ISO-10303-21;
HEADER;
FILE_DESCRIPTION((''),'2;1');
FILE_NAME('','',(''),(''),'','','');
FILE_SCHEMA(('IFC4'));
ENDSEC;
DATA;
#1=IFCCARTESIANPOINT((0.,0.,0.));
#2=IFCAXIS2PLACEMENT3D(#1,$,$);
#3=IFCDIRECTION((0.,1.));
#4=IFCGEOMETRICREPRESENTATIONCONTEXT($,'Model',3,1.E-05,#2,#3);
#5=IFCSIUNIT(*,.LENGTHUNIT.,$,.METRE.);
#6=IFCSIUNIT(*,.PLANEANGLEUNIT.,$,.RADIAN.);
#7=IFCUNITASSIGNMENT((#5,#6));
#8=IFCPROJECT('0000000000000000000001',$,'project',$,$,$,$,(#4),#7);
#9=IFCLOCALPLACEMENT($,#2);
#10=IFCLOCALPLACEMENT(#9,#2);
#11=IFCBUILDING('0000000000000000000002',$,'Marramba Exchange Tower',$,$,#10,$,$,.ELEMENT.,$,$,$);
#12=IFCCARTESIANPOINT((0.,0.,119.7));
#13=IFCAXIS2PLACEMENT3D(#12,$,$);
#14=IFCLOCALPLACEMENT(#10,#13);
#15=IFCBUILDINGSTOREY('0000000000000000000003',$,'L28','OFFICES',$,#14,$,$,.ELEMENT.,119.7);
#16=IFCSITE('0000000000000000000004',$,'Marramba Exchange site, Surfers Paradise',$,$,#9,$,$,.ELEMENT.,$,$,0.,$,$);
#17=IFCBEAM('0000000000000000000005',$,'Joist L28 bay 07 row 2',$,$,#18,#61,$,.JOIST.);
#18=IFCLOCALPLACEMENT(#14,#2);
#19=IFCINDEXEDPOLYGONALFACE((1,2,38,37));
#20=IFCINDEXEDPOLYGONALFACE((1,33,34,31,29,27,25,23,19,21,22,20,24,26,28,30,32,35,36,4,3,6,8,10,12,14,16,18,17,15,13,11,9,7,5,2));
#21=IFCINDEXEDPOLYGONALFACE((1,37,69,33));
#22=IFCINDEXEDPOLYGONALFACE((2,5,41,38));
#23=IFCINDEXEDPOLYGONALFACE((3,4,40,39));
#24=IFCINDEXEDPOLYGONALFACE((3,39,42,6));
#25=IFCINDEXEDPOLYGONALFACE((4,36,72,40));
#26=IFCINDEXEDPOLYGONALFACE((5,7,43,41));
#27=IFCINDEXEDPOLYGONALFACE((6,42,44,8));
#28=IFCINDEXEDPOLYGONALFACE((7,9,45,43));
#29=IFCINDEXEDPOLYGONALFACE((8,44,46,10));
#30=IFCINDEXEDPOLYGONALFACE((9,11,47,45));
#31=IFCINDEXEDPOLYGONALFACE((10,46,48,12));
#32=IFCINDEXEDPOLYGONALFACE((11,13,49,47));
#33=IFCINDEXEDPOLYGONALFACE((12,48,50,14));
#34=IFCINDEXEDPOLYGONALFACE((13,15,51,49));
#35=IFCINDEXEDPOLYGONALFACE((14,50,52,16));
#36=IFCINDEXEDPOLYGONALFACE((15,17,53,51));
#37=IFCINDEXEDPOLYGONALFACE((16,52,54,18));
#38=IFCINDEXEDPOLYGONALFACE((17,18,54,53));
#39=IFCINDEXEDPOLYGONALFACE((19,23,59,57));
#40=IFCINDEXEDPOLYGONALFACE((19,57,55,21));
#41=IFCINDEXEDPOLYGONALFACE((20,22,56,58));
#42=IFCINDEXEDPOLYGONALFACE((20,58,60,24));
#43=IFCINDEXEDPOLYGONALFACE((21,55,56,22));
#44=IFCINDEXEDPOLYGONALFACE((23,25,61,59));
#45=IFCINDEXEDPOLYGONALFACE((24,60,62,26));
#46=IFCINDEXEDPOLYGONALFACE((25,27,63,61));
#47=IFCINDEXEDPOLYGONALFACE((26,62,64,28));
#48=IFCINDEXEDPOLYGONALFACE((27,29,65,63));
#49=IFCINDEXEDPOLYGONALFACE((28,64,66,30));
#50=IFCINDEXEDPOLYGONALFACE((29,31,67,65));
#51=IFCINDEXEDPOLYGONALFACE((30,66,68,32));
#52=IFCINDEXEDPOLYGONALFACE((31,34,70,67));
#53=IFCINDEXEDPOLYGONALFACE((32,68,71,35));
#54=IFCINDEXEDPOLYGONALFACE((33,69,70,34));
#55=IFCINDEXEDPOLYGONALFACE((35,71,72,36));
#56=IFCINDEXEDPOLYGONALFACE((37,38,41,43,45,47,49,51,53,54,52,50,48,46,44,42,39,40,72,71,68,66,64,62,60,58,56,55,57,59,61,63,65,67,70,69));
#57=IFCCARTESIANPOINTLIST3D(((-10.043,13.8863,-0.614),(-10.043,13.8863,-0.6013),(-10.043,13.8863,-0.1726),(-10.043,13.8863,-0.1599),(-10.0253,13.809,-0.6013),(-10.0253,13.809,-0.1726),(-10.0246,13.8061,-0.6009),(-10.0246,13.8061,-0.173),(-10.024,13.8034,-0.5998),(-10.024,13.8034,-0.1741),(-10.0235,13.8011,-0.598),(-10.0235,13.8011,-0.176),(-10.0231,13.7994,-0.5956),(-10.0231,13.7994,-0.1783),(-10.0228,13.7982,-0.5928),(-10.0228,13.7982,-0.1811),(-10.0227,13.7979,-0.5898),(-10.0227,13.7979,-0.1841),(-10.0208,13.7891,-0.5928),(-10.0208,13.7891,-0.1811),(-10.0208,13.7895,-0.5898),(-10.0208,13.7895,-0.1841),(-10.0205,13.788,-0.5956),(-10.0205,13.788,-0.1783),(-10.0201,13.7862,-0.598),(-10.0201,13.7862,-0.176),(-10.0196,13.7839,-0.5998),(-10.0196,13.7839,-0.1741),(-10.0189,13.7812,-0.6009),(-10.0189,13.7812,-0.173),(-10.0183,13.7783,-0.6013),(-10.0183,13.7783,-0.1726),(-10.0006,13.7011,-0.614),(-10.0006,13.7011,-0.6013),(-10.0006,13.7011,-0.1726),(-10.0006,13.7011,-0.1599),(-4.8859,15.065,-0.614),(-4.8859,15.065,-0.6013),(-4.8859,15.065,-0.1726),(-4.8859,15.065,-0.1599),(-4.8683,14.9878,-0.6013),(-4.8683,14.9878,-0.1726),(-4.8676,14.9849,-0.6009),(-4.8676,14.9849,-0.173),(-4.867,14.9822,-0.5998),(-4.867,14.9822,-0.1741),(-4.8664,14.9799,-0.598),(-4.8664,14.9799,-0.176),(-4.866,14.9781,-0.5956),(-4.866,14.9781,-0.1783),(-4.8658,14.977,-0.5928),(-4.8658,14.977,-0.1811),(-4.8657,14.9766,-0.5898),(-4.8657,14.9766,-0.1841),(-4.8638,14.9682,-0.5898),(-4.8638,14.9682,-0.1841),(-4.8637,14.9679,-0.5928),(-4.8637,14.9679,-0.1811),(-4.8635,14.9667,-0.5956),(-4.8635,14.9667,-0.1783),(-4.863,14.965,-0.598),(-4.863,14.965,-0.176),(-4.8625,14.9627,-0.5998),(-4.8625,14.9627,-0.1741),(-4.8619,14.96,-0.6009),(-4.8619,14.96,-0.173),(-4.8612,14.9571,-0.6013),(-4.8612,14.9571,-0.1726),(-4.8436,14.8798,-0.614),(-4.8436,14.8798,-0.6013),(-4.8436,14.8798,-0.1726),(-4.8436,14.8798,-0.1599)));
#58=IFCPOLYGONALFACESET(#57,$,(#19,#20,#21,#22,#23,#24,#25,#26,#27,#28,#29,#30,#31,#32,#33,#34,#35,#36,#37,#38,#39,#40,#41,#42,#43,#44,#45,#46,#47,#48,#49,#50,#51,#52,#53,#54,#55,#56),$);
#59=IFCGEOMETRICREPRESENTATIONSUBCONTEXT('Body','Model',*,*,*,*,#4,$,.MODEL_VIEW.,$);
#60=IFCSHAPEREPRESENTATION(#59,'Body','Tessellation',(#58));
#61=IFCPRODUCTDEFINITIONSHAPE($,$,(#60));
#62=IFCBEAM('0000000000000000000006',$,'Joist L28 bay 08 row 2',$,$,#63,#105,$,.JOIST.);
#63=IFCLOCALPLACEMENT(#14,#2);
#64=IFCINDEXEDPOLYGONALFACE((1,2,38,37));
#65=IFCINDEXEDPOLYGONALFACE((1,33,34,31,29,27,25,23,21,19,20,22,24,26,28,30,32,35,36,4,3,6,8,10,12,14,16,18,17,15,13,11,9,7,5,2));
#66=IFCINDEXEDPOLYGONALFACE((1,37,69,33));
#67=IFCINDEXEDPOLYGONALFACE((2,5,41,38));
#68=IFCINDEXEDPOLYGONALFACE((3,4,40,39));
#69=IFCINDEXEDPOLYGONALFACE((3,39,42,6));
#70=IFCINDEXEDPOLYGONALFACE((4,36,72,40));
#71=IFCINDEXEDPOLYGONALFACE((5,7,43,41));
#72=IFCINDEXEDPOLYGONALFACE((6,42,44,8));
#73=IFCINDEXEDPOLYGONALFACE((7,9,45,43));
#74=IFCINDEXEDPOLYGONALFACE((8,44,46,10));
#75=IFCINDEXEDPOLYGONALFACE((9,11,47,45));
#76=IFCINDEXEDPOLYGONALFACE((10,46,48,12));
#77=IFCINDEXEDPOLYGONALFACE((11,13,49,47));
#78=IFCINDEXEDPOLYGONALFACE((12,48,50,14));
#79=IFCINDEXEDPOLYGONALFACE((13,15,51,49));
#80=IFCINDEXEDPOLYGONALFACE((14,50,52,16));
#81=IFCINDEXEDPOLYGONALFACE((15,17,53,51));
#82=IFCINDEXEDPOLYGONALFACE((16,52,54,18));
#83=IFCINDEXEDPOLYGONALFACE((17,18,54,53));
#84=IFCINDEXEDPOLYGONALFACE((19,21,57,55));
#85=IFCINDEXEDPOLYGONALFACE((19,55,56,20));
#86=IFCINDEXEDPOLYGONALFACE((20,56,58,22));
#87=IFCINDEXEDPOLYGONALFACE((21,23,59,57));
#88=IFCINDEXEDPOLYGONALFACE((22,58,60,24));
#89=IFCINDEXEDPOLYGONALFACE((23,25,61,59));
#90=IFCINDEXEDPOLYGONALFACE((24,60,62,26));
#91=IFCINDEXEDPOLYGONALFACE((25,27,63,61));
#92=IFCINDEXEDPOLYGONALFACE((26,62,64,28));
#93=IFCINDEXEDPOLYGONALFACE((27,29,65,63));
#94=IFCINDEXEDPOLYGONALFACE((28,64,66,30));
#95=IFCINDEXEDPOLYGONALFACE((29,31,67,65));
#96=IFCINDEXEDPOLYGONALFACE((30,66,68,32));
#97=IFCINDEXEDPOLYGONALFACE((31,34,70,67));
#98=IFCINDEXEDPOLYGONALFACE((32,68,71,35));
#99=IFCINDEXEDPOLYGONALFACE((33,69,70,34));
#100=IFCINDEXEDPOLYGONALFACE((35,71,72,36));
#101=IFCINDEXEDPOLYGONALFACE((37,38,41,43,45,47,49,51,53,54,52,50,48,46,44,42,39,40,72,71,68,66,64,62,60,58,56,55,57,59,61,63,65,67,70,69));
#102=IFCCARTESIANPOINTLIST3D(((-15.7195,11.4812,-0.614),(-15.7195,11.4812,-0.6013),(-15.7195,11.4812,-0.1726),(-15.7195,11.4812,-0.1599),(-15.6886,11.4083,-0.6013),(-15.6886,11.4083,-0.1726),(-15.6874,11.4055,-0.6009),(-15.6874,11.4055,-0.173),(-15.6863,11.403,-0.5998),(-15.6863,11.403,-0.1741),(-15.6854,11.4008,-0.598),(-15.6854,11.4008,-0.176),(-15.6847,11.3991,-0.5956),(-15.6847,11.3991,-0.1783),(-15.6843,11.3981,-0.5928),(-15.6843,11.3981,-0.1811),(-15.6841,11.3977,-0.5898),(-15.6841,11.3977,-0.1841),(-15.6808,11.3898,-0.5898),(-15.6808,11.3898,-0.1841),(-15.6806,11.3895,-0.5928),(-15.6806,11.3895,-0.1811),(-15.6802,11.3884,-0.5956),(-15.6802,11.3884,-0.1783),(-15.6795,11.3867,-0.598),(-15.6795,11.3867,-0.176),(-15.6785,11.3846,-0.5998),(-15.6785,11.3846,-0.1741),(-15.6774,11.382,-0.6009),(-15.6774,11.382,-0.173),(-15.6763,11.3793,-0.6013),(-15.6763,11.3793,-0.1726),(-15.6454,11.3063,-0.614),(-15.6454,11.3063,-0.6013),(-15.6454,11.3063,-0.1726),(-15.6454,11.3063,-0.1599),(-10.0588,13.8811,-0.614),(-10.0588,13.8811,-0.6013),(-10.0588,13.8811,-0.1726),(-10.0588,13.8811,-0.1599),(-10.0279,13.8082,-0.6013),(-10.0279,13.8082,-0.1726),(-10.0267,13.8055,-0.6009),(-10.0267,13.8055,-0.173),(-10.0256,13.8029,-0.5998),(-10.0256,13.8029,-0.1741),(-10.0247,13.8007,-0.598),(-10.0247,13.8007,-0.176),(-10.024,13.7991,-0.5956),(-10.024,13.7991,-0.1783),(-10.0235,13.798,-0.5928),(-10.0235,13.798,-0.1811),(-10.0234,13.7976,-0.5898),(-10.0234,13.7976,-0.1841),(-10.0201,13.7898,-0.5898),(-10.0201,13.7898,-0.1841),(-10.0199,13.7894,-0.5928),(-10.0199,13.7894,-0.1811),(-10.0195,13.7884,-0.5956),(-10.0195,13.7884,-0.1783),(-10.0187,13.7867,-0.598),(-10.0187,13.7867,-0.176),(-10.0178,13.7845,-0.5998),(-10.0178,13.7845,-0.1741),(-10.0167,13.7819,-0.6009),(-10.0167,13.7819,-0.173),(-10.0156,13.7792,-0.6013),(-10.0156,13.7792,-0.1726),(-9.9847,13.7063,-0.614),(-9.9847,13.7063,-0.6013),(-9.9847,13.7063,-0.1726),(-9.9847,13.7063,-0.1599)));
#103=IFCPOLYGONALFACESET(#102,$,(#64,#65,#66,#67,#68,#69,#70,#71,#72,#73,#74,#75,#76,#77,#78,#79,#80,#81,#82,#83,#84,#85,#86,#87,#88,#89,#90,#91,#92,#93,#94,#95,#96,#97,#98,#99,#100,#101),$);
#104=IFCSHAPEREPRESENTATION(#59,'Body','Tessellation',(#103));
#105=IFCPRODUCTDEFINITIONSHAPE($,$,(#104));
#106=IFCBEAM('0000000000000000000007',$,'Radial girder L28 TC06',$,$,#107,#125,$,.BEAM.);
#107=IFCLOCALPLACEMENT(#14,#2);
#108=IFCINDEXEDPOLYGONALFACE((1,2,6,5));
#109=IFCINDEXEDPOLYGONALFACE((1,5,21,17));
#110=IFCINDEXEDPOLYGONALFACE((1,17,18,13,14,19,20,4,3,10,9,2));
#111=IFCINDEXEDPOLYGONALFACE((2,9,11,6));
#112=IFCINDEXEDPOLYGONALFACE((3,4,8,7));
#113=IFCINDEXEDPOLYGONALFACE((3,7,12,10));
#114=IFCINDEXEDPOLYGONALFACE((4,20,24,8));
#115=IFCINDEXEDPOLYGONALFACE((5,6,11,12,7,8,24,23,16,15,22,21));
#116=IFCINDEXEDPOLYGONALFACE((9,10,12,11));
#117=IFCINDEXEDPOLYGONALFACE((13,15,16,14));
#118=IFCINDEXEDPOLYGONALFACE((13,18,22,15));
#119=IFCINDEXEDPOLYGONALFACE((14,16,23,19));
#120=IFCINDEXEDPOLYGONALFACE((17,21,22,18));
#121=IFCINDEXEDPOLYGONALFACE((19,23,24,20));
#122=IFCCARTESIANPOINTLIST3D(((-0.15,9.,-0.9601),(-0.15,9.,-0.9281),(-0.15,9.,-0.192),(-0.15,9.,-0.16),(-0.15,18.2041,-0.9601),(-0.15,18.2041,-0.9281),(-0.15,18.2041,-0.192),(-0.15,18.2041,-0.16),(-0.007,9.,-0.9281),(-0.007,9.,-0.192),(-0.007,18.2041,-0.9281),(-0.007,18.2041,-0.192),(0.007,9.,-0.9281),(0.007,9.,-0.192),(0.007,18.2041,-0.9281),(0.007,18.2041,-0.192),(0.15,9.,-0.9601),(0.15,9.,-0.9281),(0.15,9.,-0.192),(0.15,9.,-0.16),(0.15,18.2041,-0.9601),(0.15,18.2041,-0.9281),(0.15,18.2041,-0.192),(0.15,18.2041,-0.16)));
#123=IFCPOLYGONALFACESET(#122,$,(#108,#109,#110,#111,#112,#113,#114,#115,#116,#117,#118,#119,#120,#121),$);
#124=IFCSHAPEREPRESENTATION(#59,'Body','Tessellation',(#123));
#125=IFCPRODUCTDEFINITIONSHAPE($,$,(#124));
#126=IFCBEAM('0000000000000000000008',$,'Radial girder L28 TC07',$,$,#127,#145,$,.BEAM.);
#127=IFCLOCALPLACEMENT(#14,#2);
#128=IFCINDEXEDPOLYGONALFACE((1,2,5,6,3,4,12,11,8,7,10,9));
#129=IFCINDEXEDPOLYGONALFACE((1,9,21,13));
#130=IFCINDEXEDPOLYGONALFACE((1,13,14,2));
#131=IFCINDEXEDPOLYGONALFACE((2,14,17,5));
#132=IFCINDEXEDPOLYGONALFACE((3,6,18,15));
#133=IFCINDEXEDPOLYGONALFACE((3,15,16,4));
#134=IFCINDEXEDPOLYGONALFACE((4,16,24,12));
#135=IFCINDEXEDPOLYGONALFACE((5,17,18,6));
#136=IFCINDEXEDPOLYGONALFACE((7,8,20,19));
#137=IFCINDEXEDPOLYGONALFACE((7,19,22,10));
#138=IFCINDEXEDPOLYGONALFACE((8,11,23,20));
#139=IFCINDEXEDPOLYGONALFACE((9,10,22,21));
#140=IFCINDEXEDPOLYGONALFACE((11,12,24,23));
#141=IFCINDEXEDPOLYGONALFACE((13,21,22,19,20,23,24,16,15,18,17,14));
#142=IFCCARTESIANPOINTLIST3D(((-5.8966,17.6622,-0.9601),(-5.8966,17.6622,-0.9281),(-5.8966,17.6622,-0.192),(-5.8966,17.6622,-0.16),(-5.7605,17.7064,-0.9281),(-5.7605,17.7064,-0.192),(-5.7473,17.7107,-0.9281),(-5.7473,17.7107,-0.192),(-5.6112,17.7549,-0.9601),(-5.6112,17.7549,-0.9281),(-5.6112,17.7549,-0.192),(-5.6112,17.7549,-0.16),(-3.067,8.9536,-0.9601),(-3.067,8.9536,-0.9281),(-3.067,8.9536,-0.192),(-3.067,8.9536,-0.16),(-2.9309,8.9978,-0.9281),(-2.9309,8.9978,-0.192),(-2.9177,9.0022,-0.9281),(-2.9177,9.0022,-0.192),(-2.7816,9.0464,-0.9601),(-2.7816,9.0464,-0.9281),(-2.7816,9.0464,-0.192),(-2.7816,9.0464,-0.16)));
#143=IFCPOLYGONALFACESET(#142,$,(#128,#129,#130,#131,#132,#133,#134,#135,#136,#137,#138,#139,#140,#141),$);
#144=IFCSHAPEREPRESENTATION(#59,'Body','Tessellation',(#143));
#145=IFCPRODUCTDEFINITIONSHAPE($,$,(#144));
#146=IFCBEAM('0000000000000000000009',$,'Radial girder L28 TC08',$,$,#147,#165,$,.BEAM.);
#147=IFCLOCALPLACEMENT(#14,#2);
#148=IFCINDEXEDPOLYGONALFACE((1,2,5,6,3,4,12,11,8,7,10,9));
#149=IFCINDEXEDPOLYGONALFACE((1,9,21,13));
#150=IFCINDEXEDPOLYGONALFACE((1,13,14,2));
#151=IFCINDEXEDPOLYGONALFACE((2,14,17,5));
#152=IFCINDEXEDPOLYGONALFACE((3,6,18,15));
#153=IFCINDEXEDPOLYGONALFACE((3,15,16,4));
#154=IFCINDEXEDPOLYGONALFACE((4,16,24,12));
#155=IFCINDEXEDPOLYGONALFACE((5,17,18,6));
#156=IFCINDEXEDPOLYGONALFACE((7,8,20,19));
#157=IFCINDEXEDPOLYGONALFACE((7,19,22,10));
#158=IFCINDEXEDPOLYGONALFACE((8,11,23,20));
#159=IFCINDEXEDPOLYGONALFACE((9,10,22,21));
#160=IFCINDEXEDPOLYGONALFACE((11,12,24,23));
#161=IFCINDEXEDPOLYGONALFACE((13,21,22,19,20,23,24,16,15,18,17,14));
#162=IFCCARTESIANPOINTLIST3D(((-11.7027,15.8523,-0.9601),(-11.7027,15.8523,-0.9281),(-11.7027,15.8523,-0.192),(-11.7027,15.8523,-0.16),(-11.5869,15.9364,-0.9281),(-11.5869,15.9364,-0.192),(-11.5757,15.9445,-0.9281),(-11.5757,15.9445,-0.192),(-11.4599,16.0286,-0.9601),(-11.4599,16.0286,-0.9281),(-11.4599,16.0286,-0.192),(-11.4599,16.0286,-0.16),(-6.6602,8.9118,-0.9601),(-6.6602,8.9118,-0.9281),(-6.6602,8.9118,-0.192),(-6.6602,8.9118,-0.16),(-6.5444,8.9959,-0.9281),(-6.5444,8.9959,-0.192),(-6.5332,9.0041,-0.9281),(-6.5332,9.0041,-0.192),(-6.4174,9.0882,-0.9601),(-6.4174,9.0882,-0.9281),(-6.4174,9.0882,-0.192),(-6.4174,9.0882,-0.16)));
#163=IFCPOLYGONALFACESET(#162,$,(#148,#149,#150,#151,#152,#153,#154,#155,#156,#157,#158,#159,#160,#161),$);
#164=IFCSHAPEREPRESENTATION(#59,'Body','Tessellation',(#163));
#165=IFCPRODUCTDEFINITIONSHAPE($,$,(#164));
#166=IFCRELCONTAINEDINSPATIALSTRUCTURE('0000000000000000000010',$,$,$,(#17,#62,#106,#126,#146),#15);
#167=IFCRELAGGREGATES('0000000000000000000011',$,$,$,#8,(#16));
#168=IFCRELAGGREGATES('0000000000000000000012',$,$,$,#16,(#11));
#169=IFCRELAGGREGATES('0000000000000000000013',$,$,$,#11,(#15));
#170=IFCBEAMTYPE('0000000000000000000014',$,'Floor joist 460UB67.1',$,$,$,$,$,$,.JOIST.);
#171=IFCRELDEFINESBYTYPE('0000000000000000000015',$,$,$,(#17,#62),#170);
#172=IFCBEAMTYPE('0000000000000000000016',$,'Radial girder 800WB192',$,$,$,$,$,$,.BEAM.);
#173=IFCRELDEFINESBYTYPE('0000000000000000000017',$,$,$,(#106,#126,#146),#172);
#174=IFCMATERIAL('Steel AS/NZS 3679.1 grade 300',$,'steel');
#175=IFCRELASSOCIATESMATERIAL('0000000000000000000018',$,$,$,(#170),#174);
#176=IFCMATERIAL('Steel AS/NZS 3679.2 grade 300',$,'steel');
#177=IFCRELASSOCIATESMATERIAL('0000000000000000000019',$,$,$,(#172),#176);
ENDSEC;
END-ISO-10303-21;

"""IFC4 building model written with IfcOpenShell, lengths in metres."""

from ifc_helpers import new_model, si_unit, direction, frame, origin, origin_2d, place, context, subcontext, project, spatial, i_section, extrude, material, material_profile, profile_set, type_object, element, save


model = new_model("IFC4")

# Units and contexts
model_context = context("Model", 3, precision=1e-05, world=origin(), true_north=direction((0.0, 1.0)))
body_context = subcontext(model_context, "Body", "Model", "MODEL_VIEW")
ifc_project = project(units=[si_unit("LENGTHUNIT", "METRE"), si_unit("PLANEANGLEUNIT", "RADIAN")], contexts=[model_context])

# Site, building, storey
site_placement = place(None, origin())
site = spatial("IfcSite", under=ifc_project, at=site_placement, Name="Marramba Exchange site, Surfers Paradise", CompositionType="ELEMENT", RefElevation=0.0)
building_placement = place(site_placement, origin())
building = spatial("IfcBuilding", under=site, at=building_placement, Name="Marramba Exchange Tower", CompositionType="ELEMENT")
storey_placement = place(building_placement, frame((0.0, 0.0, 119.7)))
storey = spatial("IfcBuildingStorey", under=building, at=storey_placement, Name="L28", Description="OFFICES", CompositionType="ELEMENT", Elevation=119.7)

# Beams
ifc_material_1 = material(Name="Steel AS/NZS 3679.1 grade 300", Category="steel")
ifc_material_profile_1 = material_profile(ifc_material_1, i_section(OverallWidth=0.1899, OverallDepth=0.4541, WebThickness=0.0085, FlangeThickness=0.0127, FilletRadius=0.0115, at=origin_2d()), Name="460UB67.1")
ifc_profile_set_1 = profile_set([ifc_material_profile_1], Name="Steel AS/NZS 3679.1 grade 300")
beam_type_1 = type_object("IfcBeamType", Name="Floor joist 460UB67.1", PredefinedType="JOIST", material=ifc_profile_set_1)
beam_1_placement = place(storey_placement, frame((-4.8647, 14.9724, -0.387), z_axis=(-0.97486, -0.22282, 0.0), x_axis=(0.22282, -0.97486, 0.0)))
element("IfcBeam", 1, at=beam_1_placement, inside=storey, type_object=beam_type_1, Name="Joist L28 bay 07 row 2", PredefinedType="JOIST", context=body_context, shape_type="SweptSolid", body=[
    extrude(i_section(OverallWidth=0.1899, OverallDepth=0.4541, WebThickness=0.0085, FlangeThickness=0.0127, FilletRadius=0.0115, at=origin_2d()), origin(), (0.0, 0.0, 1.0), 5.29),
])
beam_2_placement = place(storey_placement, frame((-10.0217, 13.7937, -0.387), z_axis=(-0.920674, -0.390332, 0.0), x_axis=(0.390332, -0.920674, 0.0)))
element("IfcBeam", 2, at=beam_2_placement, inside=storey, type_object=beam_type_1, Name="Joist L28 bay 08 row 2", PredefinedType="JOIST", context=body_context, shape_type="SweptSolid", body=[
    extrude(i_section(OverallWidth=0.1899, OverallDepth=0.4541, WebThickness=0.0085, FlangeThickness=0.0127, FilletRadius=0.0115, at=origin_2d()), origin(), (0.0, 0.0, 1.0), 6.1484),
])
ifc_material_2 = material(Name="Steel AS/NZS 3679.2 grade 300", Category="steel")
ifc_material_profile_2 = material_profile(ifc_material_2, i_section(OverallWidth=0.3, OverallDepth=0.8, WebThickness=0.0139, FlangeThickness=0.032, at=origin_2d()), Name="800WB192")
ifc_profile_set_2 = profile_set([ifc_material_profile_2], Name="Steel AS/NZS 3679.2 grade 300")
beam_type_2 = type_object("IfcBeamType", Name="Radial girder 800WB192", PredefinedType="BEAM", material=ifc_profile_set_2)
beam_3_placement = place(storey_placement, frame((0.0, 9.0, -0.5601), z_axis=(0.0, 1.0, 0.0), x_axis=(-1.0, 0.0, 0.0)))
element("IfcBeam", 3, at=beam_3_placement, inside=storey, type_object=beam_type_2, Name="Radial girder L28 TC06", PredefinedType="BEAM", context=body_context, shape_type="SweptSolid", body=[
    extrude(i_section(OverallWidth=0.3, OverallDepth=0.8, WebThickness=0.0139, FlangeThickness=0.032, at=origin_2d()), origin(), (0.0, 0.0, 1.0), 9.2041),
])
beam_4_placement = place(storey_placement, frame((-2.9243, 9.0, -0.5601), z_axis=(-0.30902, 0.951056, 0.0), x_axis=(-0.951056, -0.30902, 0.0)))
element("IfcBeam", 4, at=beam_4_placement, inside=storey, type_object=beam_type_2, Name="Radial girder L28 TC07", PredefinedType="BEAM", context=body_context, shape_type="SweptSolid", body=[
    extrude(i_section(OverallWidth=0.3, OverallDepth=0.8, WebThickness=0.0139, FlangeThickness=0.032, at=origin_2d()), origin(), (0.0, 0.0, 1.0), 9.1567),
])
beam_5_placement = place(storey_placement, frame((-6.5388, 9.0, -0.5601), z_axis=(-0.587782, 0.809019, 0.0), x_axis=(-0.809019, -0.587782, 0.0)))
element("IfcBeam", 5, at=beam_5_placement, inside=storey, type_object=beam_type_2, Name="Radial girder L28 TC08", PredefinedType="BEAM", context=body_context, shape_type="SweptSolid", body=[
    extrude(i_section(OverallWidth=0.3, OverallDepth=0.8, WebThickness=0.0139, FlangeThickness=0.032, at=origin_2d()), origin(), (0.0, 0.0, 1.0), 8.5789),
])

save(model, "model.ifc")
